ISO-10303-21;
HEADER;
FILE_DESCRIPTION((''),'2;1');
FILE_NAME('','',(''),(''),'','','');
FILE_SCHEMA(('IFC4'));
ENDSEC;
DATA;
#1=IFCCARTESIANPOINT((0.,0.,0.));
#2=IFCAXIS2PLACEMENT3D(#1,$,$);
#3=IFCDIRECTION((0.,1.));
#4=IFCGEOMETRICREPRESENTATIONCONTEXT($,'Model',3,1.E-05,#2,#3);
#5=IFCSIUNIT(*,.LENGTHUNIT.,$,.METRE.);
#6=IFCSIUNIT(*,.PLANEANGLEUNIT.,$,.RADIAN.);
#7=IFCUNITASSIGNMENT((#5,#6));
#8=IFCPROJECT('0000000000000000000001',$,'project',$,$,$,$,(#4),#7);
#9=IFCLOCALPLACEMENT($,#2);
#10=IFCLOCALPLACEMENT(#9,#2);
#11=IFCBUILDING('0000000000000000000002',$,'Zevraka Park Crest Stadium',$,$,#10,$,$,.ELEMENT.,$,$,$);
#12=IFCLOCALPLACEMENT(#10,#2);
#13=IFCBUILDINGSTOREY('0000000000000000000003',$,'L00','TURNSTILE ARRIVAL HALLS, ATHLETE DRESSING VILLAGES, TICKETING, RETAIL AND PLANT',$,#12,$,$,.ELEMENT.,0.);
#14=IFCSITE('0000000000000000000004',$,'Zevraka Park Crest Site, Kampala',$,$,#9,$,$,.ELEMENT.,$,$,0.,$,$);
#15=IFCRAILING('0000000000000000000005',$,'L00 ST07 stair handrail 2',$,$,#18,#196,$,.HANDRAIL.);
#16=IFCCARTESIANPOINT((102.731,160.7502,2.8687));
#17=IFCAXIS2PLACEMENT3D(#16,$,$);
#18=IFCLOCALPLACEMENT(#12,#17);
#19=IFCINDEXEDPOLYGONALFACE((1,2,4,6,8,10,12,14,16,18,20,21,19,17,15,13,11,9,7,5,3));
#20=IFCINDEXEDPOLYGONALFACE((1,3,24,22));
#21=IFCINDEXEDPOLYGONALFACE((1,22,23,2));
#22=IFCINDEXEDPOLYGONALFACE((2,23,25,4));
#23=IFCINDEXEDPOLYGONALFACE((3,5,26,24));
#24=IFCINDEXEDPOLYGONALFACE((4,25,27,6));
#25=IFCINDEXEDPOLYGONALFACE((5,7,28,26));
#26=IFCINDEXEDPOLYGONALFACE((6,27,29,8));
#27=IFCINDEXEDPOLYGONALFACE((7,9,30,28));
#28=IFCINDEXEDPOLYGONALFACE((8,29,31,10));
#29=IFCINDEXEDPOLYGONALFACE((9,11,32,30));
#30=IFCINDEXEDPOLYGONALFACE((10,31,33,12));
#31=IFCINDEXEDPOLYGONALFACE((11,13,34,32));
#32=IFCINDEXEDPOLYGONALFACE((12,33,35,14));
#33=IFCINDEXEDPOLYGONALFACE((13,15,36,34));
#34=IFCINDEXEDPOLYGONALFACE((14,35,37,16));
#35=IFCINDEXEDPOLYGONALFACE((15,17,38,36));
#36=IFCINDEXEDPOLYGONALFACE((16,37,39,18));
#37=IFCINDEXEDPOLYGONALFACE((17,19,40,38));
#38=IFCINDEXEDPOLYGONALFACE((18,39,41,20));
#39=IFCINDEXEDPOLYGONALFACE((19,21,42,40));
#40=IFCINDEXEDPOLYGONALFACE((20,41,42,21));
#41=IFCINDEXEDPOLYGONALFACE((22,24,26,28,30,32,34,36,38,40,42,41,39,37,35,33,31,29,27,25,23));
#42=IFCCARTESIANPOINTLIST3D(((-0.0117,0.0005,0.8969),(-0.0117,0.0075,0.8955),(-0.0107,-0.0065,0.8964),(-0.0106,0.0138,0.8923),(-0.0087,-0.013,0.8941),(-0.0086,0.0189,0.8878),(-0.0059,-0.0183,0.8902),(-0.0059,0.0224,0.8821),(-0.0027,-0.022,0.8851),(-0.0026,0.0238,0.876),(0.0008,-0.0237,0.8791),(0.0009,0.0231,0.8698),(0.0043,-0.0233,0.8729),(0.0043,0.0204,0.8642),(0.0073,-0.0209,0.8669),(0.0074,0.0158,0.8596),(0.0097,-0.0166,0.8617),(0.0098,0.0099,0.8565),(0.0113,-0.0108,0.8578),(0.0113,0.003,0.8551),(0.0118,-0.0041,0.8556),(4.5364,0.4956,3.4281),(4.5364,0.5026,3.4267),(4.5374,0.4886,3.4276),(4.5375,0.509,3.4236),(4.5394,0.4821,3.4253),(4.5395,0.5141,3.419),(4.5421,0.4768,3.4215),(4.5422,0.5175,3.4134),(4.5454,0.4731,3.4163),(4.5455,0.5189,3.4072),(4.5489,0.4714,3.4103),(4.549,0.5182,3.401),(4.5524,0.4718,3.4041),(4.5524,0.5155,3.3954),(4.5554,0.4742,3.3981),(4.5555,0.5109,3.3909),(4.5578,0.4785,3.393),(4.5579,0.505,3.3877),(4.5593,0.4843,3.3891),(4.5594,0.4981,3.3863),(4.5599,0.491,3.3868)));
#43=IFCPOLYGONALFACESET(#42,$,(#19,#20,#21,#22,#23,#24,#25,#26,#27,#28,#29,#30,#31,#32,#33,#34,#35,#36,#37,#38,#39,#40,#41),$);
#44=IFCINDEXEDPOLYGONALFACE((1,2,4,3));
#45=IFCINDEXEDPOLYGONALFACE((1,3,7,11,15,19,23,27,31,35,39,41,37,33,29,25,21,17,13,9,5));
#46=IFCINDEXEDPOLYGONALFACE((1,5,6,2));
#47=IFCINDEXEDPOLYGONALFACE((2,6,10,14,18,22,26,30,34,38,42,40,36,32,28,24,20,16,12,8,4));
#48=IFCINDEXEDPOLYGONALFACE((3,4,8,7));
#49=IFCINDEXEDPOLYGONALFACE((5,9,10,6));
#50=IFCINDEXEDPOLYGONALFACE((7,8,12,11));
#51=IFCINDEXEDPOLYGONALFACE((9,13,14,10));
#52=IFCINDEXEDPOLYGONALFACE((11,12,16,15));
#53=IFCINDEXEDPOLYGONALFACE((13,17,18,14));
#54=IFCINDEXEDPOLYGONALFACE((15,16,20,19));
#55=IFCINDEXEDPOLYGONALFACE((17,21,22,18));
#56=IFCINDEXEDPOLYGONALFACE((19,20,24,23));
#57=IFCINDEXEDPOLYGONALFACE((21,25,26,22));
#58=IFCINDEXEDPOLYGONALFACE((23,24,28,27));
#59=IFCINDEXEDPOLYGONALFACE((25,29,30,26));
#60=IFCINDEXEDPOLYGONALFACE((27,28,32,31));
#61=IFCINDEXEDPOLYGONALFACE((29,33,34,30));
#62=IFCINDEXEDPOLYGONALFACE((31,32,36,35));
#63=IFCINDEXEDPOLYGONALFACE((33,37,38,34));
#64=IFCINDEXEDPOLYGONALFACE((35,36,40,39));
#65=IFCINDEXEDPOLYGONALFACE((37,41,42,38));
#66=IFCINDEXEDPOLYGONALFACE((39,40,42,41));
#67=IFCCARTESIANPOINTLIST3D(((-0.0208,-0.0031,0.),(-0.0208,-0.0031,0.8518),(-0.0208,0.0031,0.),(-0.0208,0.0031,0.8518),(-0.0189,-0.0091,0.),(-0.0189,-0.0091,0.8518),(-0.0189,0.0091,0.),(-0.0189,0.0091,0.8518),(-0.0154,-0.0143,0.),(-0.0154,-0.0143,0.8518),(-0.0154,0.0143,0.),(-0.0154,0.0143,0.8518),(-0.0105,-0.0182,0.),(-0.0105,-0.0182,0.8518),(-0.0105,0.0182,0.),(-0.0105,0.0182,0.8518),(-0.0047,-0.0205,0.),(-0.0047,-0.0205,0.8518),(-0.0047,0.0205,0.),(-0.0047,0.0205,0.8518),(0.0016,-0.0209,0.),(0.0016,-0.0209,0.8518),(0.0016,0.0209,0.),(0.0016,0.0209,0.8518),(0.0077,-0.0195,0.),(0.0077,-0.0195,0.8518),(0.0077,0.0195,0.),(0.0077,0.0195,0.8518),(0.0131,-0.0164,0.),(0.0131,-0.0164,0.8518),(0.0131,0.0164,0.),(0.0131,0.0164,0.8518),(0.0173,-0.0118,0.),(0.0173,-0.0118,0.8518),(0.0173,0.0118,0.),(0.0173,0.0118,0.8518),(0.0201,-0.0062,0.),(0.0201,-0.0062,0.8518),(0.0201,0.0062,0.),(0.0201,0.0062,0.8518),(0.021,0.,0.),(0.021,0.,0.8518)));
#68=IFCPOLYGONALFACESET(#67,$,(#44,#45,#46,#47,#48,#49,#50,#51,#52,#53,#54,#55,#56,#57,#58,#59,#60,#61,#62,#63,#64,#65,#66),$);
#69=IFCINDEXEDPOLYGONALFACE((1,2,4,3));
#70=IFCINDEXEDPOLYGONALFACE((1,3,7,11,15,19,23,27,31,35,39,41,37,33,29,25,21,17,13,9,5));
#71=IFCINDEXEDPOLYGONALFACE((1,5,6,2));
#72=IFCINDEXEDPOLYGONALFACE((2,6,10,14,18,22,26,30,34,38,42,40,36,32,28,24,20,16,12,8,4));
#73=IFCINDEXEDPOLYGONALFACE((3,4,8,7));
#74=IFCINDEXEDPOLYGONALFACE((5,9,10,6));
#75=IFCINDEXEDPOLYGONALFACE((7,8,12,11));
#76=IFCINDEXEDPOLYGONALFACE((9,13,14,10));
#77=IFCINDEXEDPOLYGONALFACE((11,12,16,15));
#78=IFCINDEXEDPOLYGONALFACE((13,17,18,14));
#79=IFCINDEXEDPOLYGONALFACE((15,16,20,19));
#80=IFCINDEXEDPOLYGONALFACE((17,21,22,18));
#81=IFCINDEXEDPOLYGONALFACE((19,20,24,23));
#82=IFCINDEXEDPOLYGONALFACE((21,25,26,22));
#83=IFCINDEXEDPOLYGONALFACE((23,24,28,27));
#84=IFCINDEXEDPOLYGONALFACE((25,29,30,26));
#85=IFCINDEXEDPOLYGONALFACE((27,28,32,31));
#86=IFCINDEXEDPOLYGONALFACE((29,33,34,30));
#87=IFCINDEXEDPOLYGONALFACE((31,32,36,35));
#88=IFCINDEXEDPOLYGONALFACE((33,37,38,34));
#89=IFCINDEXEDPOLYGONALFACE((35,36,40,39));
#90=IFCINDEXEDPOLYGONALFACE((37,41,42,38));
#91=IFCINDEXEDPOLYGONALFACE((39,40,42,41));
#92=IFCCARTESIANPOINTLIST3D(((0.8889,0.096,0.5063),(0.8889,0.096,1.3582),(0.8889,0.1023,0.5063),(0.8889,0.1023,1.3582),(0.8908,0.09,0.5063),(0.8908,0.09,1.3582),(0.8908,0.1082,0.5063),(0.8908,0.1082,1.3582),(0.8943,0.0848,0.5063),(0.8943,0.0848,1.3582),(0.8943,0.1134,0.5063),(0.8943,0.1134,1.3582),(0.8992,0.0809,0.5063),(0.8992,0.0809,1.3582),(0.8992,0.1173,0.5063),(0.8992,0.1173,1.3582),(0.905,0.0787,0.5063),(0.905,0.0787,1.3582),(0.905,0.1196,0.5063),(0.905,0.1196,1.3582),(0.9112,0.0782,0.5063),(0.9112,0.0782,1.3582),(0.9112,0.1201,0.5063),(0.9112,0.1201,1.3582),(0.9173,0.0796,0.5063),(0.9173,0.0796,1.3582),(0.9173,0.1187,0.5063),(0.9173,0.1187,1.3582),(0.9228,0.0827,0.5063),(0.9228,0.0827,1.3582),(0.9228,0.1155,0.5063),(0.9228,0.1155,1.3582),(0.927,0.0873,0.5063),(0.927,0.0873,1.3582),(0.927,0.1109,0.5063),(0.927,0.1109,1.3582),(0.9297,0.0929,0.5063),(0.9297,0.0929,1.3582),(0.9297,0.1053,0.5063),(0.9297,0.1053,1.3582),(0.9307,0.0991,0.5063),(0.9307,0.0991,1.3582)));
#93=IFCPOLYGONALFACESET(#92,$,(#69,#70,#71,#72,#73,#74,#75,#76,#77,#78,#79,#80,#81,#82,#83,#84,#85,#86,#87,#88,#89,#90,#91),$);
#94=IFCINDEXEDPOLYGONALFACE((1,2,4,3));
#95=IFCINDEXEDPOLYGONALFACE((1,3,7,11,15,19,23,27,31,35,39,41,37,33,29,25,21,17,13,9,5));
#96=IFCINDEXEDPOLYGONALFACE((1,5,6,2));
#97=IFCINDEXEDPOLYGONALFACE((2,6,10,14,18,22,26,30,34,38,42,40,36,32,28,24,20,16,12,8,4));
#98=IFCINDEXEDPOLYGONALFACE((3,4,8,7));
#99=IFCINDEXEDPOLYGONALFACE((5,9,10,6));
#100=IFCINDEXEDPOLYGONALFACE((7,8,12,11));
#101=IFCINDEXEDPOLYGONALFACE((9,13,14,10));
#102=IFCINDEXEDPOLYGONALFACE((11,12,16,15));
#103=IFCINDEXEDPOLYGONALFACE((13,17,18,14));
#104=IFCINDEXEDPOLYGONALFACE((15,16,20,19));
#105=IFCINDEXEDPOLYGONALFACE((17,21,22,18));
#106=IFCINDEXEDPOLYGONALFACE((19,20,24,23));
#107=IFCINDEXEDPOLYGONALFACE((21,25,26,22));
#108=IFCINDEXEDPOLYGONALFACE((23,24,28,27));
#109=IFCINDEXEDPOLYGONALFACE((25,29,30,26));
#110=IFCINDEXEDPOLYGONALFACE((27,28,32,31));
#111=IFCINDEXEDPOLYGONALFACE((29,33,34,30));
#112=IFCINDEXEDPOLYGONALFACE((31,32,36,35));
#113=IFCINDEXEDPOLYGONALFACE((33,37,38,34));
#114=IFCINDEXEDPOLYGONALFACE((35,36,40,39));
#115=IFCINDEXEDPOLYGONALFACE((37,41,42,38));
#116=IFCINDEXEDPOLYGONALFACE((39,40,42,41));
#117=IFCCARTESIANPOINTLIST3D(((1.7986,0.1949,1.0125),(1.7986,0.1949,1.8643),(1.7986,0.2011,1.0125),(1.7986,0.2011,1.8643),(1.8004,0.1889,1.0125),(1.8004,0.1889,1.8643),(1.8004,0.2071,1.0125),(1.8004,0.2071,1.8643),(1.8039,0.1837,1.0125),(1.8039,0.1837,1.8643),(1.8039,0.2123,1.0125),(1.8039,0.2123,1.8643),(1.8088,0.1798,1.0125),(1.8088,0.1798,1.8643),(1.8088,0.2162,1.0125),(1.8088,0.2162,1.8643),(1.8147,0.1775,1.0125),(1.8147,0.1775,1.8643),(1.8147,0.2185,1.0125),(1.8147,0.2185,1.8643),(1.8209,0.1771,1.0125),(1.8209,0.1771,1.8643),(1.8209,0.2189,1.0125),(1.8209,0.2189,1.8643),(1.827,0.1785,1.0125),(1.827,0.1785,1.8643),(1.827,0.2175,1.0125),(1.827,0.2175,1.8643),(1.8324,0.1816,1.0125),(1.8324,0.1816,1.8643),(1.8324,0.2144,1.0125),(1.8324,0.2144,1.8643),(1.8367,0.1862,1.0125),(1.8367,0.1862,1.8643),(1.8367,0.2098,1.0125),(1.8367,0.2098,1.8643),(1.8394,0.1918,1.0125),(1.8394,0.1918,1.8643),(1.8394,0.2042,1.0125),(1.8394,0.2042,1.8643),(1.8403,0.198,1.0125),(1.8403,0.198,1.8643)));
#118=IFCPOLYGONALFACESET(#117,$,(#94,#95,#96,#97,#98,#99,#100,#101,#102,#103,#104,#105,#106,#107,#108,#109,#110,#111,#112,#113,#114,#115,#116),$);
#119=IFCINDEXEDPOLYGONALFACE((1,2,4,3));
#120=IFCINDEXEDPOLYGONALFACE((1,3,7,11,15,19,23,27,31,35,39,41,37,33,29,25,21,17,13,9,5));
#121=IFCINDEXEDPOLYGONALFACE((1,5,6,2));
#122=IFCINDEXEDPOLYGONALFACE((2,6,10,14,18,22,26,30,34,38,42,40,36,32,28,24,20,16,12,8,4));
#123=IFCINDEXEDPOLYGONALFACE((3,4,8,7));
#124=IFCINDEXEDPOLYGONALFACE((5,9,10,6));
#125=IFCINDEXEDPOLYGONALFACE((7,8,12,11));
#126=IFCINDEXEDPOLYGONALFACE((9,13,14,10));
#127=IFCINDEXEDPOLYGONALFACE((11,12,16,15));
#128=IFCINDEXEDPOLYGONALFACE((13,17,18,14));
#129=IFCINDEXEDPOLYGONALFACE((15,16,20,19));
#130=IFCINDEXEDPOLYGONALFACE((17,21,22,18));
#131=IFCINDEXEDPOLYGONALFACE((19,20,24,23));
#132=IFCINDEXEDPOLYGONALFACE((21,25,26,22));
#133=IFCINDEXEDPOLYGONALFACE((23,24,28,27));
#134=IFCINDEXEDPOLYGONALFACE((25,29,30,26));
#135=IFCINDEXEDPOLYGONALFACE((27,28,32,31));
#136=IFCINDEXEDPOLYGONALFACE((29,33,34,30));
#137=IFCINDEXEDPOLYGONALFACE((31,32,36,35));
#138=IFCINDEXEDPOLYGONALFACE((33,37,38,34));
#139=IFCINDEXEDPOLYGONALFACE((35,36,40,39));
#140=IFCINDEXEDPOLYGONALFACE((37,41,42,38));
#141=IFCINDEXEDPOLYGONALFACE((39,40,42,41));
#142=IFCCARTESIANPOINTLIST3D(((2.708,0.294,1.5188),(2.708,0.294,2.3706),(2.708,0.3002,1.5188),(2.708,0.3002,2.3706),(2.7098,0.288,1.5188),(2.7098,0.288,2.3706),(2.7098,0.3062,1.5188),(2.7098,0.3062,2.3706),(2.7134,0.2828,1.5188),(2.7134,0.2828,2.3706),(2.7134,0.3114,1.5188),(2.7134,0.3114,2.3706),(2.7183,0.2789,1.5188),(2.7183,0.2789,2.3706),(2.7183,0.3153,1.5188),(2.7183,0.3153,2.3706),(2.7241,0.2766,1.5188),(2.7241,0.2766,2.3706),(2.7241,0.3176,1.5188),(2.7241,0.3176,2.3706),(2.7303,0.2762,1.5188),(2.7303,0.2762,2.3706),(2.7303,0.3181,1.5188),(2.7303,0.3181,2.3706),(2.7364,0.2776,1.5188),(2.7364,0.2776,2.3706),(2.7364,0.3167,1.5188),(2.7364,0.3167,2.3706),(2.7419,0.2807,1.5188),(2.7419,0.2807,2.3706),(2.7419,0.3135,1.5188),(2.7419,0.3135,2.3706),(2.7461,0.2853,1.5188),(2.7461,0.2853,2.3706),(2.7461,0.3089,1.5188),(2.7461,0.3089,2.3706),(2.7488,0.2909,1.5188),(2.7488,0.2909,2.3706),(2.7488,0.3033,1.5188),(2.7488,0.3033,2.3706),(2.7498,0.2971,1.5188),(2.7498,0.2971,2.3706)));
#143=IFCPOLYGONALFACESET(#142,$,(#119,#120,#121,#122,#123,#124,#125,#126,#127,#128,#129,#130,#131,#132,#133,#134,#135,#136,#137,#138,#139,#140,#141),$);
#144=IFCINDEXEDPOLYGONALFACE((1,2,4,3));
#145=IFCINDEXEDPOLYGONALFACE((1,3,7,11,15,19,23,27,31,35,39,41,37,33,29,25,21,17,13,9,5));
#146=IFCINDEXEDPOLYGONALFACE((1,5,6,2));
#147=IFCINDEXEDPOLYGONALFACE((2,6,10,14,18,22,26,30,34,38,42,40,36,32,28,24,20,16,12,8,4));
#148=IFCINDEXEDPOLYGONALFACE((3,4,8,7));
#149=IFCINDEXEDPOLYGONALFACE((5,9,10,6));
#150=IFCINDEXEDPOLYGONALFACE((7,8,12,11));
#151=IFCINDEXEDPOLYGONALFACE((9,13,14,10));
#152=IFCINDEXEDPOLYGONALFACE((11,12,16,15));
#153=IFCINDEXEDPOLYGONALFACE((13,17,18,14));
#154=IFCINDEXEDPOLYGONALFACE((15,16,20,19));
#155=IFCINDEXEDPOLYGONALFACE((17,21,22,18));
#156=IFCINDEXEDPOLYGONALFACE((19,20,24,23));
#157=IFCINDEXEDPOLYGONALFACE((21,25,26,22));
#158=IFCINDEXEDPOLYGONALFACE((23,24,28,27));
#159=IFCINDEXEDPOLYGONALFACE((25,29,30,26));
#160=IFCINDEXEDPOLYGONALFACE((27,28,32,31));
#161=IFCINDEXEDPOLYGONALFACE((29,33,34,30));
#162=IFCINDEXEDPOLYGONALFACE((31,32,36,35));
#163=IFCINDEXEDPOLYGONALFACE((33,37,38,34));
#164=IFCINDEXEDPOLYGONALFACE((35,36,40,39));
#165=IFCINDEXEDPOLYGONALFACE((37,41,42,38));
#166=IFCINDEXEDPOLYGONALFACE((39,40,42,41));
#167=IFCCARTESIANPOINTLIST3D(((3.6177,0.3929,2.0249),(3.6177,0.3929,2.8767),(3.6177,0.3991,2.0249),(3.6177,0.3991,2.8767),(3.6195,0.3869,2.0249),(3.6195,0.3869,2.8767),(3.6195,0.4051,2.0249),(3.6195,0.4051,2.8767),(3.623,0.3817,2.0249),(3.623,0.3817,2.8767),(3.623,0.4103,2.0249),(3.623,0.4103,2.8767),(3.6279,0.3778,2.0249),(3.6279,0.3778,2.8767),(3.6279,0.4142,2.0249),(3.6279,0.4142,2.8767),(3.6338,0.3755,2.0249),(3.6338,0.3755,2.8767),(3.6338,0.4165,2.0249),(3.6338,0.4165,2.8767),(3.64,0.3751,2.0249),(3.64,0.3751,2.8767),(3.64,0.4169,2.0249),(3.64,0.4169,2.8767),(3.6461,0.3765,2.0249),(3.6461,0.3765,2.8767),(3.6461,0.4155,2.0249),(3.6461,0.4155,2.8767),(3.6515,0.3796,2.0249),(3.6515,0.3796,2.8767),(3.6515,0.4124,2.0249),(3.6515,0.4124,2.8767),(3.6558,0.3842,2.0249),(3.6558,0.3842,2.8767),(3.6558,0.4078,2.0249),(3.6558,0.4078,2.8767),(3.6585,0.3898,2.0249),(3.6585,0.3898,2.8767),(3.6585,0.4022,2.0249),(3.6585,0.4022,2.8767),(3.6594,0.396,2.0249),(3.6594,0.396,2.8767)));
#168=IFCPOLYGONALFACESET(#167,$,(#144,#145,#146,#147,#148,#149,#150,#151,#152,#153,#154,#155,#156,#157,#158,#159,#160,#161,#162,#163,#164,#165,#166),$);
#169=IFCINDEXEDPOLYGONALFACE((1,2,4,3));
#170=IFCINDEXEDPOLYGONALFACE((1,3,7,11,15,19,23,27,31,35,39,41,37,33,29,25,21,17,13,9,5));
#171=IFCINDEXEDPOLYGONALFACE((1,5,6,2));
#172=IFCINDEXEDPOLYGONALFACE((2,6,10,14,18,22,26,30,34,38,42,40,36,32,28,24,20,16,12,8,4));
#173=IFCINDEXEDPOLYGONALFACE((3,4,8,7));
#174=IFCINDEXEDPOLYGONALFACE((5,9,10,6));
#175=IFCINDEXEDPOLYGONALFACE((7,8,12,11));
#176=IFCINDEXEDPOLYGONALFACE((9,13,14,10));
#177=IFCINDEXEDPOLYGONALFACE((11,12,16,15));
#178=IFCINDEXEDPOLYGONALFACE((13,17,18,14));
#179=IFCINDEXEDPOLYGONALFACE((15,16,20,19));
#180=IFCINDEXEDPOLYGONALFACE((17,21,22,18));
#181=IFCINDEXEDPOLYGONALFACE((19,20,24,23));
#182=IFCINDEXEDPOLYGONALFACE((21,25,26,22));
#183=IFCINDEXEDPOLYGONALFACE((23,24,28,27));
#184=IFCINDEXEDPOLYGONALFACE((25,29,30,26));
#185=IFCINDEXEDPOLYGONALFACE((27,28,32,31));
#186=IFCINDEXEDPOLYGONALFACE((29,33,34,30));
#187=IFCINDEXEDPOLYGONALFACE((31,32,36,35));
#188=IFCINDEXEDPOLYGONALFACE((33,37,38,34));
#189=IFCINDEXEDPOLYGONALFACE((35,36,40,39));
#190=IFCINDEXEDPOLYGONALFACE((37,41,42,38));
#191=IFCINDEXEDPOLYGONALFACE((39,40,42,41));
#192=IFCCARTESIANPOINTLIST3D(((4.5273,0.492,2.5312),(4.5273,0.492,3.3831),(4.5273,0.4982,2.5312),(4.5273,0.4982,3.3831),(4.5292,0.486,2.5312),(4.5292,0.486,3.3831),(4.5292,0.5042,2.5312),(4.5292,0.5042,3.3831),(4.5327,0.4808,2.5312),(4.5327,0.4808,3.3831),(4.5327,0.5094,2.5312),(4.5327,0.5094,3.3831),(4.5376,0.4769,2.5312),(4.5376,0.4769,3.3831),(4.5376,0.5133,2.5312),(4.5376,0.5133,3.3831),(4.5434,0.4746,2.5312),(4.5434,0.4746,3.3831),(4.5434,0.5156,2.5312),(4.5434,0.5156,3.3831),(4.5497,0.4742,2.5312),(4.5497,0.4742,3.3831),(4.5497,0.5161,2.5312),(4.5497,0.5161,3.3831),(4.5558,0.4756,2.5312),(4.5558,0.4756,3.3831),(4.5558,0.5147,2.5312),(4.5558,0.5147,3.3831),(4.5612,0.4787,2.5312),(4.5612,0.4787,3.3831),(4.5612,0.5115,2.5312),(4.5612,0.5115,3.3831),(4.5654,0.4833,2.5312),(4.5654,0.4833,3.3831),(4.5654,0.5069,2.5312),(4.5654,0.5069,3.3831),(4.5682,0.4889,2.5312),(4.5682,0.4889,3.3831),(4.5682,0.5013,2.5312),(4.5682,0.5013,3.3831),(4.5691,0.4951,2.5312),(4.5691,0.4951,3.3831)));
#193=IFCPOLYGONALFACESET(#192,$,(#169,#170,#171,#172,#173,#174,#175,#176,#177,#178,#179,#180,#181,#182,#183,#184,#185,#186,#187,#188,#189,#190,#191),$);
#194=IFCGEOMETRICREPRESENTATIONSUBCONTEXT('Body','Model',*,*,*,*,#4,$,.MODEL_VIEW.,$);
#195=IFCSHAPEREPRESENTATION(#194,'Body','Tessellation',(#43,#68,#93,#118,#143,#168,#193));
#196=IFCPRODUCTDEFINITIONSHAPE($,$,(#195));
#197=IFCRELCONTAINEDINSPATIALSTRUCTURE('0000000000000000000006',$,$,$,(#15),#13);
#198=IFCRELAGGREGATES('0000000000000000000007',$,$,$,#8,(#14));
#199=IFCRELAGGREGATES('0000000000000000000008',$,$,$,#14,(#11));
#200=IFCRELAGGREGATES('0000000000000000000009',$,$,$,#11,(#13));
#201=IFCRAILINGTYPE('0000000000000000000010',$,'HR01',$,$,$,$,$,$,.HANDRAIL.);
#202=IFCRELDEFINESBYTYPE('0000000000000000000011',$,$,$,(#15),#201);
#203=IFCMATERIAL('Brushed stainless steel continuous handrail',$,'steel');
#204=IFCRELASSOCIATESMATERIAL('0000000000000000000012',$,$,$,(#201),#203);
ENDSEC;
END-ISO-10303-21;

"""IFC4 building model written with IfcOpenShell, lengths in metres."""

from ifc_helpers import new_model, si_unit, direction, frame, origin, origin_2d, place, context, subcontext, project, spatial, circle, extrude, material, type_object, element, save


model = new_model("IFC4")

# Units and contexts
model_context = context("Model", 3, precision=1e-05, world=origin(), true_north=direction((0.0, 1.0)))
body_context = subcontext(model_context, "Body", "Model", "MODEL_VIEW")
ifc_project = project(units=[si_unit("LENGTHUNIT", "METRE"), si_unit("PLANEANGLEUNIT", "RADIAN")], contexts=[model_context])

# Site, building, storey
site_placement = place(None, origin())
site = spatial("IfcSite", under=ifc_project, at=site_placement, Name="Zevraka Park Crest Site, Kampala", CompositionType="ELEMENT", RefElevation=0.0)
building_placement = place(site_placement, origin())
building = spatial("IfcBuilding", under=site, at=building_placement, Name="Zevraka Park Crest Stadium", CompositionType="ELEMENT")
storey_placement = place(building_placement, origin())
storey = spatial("IfcBuildingStorey", under=building, at=storey_placement, Name="L00", Description="TURNSTILE ARRIVAL HALLS, ATHLETE DRESSING VILLAGES, TICKETING, RETAIL AND PLANT", CompositionType="ELEMENT", Elevation=0.0)

# Railing
ifc_material_1 = material(Name="Brushed stainless steel continuous handrail", Category="steel")
railing_type_1 = type_object("IfcRailingType", Name="HR01", PredefinedType="HANDRAIL", material=ifc_material_1)
railing_1_placement = place(storey_placement, frame((102.731, 160.7502, 2.8687)))
element("IfcRailing", 1, at=railing_1_placement, inside=storey, type_object=railing_type_1, Name="L00 ST07 stair handrail 2", PredefinedType="HANDRAIL", context=body_context, shape_type="SweptSolid", body=[
    extrude(circle(Radius=0.0239, at=origin_2d()), frame((0.0, 0.0, 0.876), z_axis=(0.869861, 0.094695, 0.484123), x_axis=(-0.108223, 0.994127, 0.0)), (0.0, 0.0, 1.0), 5.2285),
    extrude(circle(Radius=0.021, at=origin_2d()), origin(), (0.0, 0.0, 1.0), 0.8518),
    extrude(circle(Radius=0.021, at=origin_2d()), frame((0.9097, 0.0991, 0.5063)), (0.0, 0.0, 1.0), 0.8518),
    extrude(circle(Radius=0.021, at=origin_2d()), frame((1.8193, 0.198, 1.0125)), (0.0, 0.0, 1.0), 0.8518),
    extrude(circle(Radius=0.021, at=origin_2d()), frame((2.7288, 0.2971, 1.5188)), (0.0, 0.0, 1.0), 0.8518),
    extrude(circle(Radius=0.021, at=origin_2d()), frame((3.6384, 0.396, 2.0249)), (0.0, 0.0, 1.0), 0.8518),
    extrude(circle(Radius=0.021, at=origin_2d()), frame((4.5481, 0.4951, 2.5312)), (0.0, 0.0, 1.0), 0.8518),
])

save(model, "model.ifc")
